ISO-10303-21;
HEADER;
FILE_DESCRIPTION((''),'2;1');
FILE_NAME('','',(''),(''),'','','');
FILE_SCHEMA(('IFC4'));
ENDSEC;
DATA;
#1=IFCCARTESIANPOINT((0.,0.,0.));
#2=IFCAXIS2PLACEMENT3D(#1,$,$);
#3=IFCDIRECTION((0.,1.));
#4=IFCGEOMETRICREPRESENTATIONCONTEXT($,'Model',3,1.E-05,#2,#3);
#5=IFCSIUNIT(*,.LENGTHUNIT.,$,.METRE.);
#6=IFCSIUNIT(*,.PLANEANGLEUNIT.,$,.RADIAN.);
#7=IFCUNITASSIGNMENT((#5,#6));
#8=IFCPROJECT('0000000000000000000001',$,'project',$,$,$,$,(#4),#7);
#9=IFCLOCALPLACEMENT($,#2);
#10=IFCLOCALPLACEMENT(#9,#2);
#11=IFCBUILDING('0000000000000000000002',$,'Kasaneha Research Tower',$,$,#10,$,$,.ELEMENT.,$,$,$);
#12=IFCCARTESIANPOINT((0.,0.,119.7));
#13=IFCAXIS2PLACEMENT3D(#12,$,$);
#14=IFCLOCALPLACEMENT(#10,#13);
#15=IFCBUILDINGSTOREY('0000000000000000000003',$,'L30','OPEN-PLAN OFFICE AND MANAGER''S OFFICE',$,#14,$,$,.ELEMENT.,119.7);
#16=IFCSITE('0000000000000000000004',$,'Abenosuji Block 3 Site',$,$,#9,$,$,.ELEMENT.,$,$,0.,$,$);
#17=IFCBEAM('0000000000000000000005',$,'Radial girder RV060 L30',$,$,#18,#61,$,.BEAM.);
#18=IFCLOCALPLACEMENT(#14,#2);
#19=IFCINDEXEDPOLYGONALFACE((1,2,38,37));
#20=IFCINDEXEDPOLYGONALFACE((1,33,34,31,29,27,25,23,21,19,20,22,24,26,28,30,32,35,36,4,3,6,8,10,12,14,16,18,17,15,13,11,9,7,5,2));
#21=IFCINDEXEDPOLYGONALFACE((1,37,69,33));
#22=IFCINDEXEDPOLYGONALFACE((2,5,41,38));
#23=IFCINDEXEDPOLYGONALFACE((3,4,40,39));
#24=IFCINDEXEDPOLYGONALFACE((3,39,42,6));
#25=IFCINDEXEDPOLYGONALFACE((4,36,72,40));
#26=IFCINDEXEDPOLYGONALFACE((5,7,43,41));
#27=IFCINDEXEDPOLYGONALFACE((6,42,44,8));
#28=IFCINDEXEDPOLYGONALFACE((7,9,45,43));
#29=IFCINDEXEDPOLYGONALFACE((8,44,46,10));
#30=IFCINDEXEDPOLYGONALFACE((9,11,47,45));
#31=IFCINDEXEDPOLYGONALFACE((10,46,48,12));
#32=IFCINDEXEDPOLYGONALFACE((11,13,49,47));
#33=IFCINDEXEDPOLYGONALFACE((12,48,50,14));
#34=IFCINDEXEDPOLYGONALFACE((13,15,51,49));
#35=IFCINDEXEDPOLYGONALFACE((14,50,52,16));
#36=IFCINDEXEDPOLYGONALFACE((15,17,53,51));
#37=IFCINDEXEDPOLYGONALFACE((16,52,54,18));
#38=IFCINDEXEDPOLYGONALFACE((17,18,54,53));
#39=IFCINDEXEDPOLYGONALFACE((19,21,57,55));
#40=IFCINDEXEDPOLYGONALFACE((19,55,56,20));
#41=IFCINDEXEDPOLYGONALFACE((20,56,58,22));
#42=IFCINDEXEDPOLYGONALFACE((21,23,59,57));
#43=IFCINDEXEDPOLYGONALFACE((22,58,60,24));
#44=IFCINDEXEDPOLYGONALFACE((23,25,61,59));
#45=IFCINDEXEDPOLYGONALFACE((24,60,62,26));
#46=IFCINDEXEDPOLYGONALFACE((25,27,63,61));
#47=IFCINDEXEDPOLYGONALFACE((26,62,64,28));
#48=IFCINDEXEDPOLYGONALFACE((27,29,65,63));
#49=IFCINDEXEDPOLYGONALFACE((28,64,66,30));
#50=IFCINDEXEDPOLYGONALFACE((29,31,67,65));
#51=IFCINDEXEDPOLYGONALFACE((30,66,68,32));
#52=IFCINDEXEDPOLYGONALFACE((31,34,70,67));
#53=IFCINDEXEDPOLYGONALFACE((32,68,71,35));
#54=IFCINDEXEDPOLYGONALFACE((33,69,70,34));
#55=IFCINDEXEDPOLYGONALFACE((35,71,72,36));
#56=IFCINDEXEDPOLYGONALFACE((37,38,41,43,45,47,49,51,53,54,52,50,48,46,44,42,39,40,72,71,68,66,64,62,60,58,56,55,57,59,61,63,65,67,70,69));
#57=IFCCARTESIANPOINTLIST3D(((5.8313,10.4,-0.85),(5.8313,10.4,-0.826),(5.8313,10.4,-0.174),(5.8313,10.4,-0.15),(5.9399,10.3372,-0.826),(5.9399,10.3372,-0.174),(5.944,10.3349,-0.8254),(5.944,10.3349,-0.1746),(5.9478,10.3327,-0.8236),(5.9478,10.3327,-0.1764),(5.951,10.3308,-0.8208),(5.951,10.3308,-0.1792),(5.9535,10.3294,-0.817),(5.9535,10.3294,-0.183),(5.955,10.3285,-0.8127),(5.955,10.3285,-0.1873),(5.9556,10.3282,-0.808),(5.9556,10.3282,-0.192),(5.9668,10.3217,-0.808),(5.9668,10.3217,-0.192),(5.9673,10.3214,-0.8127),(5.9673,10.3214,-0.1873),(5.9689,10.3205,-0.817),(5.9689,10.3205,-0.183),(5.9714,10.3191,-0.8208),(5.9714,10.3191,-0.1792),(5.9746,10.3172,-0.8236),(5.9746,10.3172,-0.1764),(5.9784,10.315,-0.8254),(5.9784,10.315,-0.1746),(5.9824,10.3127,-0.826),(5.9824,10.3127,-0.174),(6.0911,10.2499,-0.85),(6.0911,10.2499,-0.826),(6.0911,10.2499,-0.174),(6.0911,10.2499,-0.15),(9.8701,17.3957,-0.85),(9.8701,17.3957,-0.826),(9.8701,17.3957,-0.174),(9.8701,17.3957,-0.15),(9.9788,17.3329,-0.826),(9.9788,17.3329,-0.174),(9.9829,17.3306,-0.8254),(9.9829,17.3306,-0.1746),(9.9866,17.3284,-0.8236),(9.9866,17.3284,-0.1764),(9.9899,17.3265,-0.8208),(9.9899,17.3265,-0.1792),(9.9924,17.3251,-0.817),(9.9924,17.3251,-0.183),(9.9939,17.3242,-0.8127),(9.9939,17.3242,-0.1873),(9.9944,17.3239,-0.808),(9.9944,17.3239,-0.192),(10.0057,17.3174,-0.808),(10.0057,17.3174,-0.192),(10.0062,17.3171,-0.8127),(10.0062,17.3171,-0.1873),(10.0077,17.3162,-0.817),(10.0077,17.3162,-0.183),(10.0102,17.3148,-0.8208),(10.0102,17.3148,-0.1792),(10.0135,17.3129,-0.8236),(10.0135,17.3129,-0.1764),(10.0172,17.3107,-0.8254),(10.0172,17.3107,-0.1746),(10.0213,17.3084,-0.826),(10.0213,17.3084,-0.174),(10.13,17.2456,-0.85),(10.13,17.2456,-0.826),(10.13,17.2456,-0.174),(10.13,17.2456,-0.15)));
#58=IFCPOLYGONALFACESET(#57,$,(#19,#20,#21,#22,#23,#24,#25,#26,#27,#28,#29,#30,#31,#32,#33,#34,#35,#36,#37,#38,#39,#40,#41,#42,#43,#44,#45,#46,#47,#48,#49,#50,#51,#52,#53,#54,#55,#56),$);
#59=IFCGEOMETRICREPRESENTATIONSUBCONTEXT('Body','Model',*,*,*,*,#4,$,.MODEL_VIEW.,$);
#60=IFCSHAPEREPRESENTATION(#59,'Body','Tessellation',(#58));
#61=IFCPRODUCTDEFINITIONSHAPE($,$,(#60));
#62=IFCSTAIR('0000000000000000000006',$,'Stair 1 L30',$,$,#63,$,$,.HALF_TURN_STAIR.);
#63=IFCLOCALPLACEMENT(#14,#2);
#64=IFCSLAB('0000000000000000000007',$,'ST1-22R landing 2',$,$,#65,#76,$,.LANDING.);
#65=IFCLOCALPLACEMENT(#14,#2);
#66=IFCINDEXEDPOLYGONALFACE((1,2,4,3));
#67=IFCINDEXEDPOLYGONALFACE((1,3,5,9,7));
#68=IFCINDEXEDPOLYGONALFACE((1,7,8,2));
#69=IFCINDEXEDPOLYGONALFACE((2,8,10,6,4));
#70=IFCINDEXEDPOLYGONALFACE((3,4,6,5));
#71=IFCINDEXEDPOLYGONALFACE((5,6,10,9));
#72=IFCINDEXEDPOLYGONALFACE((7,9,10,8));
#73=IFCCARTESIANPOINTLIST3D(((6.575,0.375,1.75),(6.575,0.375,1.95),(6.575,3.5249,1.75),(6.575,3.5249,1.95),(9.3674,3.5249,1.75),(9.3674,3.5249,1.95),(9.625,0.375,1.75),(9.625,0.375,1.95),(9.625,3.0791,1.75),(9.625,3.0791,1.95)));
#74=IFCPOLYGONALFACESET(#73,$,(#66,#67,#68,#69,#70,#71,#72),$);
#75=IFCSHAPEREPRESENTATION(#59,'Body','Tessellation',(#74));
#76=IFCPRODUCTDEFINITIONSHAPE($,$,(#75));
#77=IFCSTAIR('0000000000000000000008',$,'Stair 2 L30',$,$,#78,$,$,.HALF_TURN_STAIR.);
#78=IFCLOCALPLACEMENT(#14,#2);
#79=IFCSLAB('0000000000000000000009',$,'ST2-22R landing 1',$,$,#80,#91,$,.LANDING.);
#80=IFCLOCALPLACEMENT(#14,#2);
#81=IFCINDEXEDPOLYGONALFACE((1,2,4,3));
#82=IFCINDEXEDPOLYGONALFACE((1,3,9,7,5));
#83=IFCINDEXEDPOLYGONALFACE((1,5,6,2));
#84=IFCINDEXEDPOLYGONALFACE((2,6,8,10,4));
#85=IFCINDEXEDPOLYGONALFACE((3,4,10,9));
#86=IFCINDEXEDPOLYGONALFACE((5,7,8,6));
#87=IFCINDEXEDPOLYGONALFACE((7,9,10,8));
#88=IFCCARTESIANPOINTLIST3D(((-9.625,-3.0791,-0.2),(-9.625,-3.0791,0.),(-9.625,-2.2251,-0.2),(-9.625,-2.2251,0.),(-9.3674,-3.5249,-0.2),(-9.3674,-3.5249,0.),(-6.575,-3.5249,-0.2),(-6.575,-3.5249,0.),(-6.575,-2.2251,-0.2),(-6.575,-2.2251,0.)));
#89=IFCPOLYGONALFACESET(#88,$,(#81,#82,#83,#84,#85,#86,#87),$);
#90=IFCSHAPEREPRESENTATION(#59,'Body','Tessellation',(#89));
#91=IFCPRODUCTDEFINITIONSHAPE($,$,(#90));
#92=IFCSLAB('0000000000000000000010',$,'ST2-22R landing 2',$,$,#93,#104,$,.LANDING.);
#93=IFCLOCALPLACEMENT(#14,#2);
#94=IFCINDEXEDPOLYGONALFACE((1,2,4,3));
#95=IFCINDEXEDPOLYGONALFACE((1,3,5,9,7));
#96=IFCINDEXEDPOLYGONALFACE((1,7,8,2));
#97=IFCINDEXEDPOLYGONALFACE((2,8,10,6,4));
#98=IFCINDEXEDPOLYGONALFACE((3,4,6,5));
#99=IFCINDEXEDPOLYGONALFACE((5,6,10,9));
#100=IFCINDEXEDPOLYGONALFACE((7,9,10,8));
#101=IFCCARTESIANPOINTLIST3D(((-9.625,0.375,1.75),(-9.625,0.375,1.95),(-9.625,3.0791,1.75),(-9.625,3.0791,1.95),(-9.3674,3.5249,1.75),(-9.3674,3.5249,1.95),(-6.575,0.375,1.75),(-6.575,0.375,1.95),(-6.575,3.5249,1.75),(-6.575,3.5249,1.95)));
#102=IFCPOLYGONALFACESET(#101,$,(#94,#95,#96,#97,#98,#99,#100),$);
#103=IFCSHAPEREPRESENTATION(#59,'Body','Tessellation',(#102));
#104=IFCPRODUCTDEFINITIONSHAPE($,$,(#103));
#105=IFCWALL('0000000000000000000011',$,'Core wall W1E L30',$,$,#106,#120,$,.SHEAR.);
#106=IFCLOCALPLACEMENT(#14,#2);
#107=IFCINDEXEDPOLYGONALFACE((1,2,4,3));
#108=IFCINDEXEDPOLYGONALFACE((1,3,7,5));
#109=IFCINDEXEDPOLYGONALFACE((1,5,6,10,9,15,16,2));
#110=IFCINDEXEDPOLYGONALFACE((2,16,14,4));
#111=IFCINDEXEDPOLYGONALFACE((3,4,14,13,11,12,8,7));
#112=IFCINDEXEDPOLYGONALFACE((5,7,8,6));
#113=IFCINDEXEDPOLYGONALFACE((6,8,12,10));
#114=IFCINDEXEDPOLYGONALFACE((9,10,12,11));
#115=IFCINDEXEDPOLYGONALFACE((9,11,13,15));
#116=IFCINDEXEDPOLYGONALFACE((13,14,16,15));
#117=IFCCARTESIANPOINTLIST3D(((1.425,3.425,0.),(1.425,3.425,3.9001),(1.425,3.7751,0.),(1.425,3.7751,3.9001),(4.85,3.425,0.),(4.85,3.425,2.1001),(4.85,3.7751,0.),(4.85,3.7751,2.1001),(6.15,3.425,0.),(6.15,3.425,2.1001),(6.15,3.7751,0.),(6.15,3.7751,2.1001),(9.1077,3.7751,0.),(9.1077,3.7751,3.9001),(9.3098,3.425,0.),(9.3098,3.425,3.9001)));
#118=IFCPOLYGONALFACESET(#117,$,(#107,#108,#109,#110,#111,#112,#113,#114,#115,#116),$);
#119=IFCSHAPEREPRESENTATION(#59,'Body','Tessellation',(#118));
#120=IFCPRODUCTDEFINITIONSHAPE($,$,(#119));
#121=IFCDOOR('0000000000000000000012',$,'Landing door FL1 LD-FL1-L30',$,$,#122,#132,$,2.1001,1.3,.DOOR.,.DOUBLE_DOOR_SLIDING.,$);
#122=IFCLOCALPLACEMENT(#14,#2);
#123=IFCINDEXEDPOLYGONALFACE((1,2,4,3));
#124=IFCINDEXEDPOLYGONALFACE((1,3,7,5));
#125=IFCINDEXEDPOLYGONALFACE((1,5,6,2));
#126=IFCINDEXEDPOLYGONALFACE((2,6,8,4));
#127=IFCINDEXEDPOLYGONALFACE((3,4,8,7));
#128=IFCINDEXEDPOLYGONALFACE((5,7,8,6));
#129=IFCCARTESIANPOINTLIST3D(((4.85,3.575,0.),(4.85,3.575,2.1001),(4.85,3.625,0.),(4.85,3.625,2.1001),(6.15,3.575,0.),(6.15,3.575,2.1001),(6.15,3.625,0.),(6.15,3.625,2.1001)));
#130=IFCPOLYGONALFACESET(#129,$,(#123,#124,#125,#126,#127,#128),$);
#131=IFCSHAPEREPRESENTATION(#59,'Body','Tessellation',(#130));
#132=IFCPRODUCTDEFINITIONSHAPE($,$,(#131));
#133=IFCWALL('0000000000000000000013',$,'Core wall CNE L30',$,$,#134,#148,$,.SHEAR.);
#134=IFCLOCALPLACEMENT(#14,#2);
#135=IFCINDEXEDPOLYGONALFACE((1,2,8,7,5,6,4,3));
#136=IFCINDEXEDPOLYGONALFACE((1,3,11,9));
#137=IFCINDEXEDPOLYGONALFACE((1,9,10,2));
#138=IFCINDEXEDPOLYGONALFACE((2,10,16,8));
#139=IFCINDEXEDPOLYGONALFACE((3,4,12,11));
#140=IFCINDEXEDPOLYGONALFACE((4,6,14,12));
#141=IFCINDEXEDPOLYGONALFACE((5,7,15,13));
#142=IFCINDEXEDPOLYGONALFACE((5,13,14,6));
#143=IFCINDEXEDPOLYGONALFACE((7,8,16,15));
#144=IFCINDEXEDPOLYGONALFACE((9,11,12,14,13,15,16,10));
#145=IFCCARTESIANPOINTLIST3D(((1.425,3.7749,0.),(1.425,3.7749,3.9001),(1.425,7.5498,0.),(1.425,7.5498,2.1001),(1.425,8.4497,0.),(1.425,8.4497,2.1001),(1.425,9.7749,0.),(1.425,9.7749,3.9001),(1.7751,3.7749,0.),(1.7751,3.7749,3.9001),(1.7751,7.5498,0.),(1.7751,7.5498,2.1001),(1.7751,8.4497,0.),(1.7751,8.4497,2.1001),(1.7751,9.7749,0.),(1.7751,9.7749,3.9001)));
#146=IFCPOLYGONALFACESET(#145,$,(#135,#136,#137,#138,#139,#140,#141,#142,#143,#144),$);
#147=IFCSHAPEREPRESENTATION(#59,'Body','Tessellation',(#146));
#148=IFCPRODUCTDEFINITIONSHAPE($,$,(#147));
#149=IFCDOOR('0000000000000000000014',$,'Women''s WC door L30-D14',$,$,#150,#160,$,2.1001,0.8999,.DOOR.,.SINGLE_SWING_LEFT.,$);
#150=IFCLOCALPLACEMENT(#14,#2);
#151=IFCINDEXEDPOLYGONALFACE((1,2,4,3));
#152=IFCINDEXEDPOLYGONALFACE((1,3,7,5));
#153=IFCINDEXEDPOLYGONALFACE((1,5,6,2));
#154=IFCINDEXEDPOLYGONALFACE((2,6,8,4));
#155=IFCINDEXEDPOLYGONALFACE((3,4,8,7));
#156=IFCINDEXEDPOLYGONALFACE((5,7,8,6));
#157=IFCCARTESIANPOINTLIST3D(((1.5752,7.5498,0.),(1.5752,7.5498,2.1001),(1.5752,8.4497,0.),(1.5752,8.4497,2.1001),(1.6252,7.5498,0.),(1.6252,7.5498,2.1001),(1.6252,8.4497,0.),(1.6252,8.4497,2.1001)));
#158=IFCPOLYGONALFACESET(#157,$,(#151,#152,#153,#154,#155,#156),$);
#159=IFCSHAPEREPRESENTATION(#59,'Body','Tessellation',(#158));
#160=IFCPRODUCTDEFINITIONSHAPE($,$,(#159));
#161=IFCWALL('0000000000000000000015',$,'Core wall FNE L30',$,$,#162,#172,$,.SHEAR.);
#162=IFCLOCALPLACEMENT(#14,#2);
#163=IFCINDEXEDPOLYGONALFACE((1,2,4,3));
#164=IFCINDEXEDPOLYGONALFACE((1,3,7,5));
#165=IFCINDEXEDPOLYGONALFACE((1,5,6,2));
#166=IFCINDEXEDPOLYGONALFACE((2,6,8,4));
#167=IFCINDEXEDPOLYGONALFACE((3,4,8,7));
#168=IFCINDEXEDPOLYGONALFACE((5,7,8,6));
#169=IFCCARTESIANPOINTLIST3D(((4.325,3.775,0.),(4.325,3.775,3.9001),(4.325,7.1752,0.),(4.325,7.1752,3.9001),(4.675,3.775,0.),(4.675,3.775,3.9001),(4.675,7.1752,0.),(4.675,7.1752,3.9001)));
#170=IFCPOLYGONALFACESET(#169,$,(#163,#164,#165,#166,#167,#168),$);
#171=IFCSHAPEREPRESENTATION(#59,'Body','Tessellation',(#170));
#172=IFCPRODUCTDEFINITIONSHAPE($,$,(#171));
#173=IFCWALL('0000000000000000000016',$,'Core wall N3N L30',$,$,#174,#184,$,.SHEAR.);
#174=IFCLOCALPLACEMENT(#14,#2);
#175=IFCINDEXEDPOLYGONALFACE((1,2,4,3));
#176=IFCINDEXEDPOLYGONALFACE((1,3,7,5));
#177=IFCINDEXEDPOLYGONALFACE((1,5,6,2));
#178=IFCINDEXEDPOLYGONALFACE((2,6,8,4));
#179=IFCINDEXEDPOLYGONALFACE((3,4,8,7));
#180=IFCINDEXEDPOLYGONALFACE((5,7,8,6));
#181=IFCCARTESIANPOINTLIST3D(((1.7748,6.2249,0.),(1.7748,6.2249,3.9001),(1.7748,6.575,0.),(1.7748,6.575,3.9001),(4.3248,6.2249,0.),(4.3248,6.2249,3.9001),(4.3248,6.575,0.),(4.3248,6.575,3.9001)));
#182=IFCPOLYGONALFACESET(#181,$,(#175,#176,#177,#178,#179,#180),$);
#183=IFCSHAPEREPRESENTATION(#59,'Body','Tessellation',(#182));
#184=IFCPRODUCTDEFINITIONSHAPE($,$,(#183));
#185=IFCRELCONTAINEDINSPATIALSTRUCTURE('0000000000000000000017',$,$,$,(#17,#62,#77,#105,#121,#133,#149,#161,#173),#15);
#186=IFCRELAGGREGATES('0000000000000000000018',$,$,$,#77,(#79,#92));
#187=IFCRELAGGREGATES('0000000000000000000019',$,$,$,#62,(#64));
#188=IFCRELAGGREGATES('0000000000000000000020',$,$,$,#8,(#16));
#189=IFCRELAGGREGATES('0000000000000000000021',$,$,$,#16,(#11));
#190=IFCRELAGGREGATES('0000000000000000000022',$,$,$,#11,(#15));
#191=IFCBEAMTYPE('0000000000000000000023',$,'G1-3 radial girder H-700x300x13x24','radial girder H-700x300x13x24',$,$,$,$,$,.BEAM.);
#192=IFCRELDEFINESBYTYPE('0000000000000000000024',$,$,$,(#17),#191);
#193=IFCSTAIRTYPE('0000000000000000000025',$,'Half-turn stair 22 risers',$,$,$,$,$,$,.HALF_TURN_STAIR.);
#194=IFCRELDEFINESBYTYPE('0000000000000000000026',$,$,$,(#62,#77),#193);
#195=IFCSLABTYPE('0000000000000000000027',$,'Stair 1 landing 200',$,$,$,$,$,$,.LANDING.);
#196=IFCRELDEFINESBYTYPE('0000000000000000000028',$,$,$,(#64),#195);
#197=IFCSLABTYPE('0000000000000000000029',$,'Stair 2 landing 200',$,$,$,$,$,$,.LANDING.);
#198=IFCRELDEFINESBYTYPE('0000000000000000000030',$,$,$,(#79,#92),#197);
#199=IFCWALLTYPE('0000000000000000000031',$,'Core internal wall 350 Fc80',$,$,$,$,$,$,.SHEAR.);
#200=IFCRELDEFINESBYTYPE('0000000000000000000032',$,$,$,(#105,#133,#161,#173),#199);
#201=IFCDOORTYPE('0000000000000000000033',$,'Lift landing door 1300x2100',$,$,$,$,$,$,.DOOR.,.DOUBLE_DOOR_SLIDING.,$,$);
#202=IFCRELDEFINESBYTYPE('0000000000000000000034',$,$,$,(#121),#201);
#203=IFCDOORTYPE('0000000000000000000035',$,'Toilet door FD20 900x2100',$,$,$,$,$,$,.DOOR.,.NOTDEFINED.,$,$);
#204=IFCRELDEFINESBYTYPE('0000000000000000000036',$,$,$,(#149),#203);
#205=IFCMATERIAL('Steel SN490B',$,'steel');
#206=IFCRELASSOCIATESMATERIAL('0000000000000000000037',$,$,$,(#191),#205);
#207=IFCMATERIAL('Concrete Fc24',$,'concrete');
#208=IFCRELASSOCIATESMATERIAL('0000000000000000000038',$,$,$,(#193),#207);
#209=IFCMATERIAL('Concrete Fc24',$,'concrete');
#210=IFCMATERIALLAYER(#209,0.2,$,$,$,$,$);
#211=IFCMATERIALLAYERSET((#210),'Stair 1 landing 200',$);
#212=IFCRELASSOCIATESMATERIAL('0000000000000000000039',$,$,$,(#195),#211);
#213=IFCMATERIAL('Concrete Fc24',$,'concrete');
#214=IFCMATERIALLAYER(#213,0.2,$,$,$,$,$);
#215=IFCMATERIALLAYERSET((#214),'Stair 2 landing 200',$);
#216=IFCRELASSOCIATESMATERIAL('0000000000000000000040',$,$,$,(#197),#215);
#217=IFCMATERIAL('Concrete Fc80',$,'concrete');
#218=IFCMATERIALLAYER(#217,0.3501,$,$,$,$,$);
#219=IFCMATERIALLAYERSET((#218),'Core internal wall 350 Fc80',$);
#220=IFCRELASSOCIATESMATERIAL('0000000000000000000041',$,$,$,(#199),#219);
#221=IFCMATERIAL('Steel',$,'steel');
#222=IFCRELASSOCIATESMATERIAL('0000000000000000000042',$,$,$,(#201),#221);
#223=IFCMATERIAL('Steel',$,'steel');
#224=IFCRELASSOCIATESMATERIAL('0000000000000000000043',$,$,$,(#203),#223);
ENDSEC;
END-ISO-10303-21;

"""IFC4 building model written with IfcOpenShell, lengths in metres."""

from ifc_helpers import new_model, si_unit, direction, frame, frame_2d, origin, origin_2d, place, context, subcontext, project, spatial, polyline, rectangle, i_section, outline, extrude, material, layer, layer_set, material_profile, profile_set, type_object, element, fill, aggregate, save


model = new_model("IFC4")

# Units and contexts
model_context = context("Model", 3, precision=1e-05, world=origin(), true_north=direction((0.0, 1.0)))
body_context = subcontext(model_context, "Body", "Model", "MODEL_VIEW")
ifc_project = project(units=[si_unit("LENGTHUNIT", "METRE"), si_unit("PLANEANGLEUNIT", "RADIAN")], contexts=[model_context])

# Site, building, storey
site_placement = place(None, origin())
site = spatial("IfcSite", under=ifc_project, at=site_placement, Name="Abenosuji Block 3 Site", CompositionType="ELEMENT", RefElevation=0.0)
building_placement = place(site_placement, origin())
building = spatial("IfcBuilding", under=site, at=building_placement, Name="Kasaneha Research Tower", CompositionType="ELEMENT")
storey_placement = place(building_placement, frame((0.0, 0.0, 119.7)))
storey = spatial("IfcBuildingStorey", under=building, at=storey_placement, Name="L30", Description="OPEN-PLAN OFFICE AND MANAGER'S OFFICE", CompositionType="ELEMENT", Elevation=119.7)

# Beam
ifc_material_1 = material(Name="Steel SN490B", Category="steel")
ifc_material_profile = material_profile(ifc_material_1, i_section(OverallWidth=0.3, OverallDepth=0.7, WebThickness=0.0129, FlangeThickness=0.0239, FilletRadius=0.0181, at=origin_2d()), Name="H-700x300x13x24")
ifc_profile_set = profile_set([ifc_material_profile], Name="Steel SN490B")
beam_type = type_object("IfcBeamType", Name="G1-3 radial girder H-700x300x13x24", Description="radial girder H-700x300x13x24", PredefinedType="BEAM", material=ifc_profile_set)
beam_placement = place(storey_placement, frame((5.9612, 10.325, -0.5), z_axis=(0.499991, 0.866031, 0.0), x_axis=(-0.866031, 0.499991, 0.0)))
element("IfcBeam", 1, at=beam_placement, inside=storey, type_object=beam_type, Name="Radial girder RV060 L30", PredefinedType="BEAM", context=body_context, shape_type="SweptSolid", body=[
    extrude(i_section(OverallWidth=0.3, OverallDepth=0.7, WebThickness=0.0129, FlangeThickness=0.0239, FilletRadius=0.0181, at=origin_2d()), origin(), (0.0, 0.0, 1.0), 8.0779),
])

# Stair, slab
ifc_material_2 = material(Name="Concrete Fc24", Category="concrete")
stair_type = type_object("IfcStairType", Name="Half-turn stair 22 risers", PredefinedType="HALF_TURN_STAIR", material=ifc_material_2)
stair_1_placement = place(storey_placement, origin())
stair_1 = element("IfcStair", 2, at=stair_1_placement, inside=storey, type_object=stair_type, Name="Stair 1 L30", PredefinedType="HALF_TURN_STAIR")
ifc_material_3 = material(Name="Concrete Fc24", Category="concrete")
ifc_layer_1 = layer(ifc_material_3, 0.2)
ifc_layer_set_1 = layer_set([ifc_layer_1], Name="Stair 1 landing 200")
slab_type_1 = type_object("IfcSlabType", Name="Stair 1 landing 200", PredefinedType="LANDING", material=ifc_layer_set_1)
slab_1_placement = place(storey_placement, frame((0.0, 0.0, 1.75)))
slab_1 = element("IfcSlab", 3, at=slab_1_placement, type_object=slab_type_1, Name="ST1-22R landing 2", PredefinedType="LANDING", context=body_context, shape_type="SweptSolid", body=[
    extrude(outline(polyline([(6.575, 3.5249), (9.3674, 3.5249), (9.625, 3.0791), (9.625, 0.375), (6.575, 0.375), (6.575, 3.5249)])), origin(), (0.0, 0.0, 1.0), 0.2),
])

# Stair, slabs
stair_2_placement = place(storey_placement, origin())
stair_2 = element("IfcStair", 4, at=stair_2_placement, inside=storey, type_object=stair_type, Name="Stair 2 L30", PredefinedType="HALF_TURN_STAIR")
ifc_material_4 = material(Name="Concrete Fc24", Category="concrete")
ifc_layer_2 = layer(ifc_material_4, 0.2)
ifc_layer_set_2 = layer_set([ifc_layer_2], Name="Stair 2 landing 200")
slab_type_2 = type_object("IfcSlabType", Name="Stair 2 landing 200", PredefinedType="LANDING", material=ifc_layer_set_2)
slab_2_placement = place(storey_placement, frame((0.0, 0.0, -0.2)))
slab_2 = element("IfcSlab", 5, at=slab_2_placement, type_object=slab_type_2, Name="ST2-22R landing 1", PredefinedType="LANDING", context=body_context, shape_type="SweptSolid", body=[
    extrude(outline(polyline([(-6.575, -3.5249), (-9.3674, -3.5249), (-9.625, -3.0791), (-9.625, -2.2251), (-6.575, -2.2251), (-6.575, -3.5249)])), origin(), (0.0, 0.0, 1.0), 0.2),
])
slab_3_placement = place(storey_placement, frame((0.0, 0.0, 1.75)))
slab_3 = element("IfcSlab", 6, at=slab_3_placement, type_object=slab_type_2, Name="ST2-22R landing 2", PredefinedType="LANDING", context=body_context, shape_type="SweptSolid", body=[
    extrude(outline(polyline([(-6.575, 0.375), (-9.625, 0.375), (-9.625, 3.0791), (-9.3674, 3.5249), (-6.575, 3.5249), (-6.575, 0.375)])), origin(), (0.0, 0.0, 1.0), 0.2),
])
aggregate(stair_2, [slab_2, slab_3])

# Walls, openings, doors
ifc_material_5 = material(Name="Concrete Fc80", Category="concrete")
ifc_layer_3 = layer(ifc_material_5, 0.3501)
ifc_layer_set_3 = layer_set([ifc_layer_3], Name="Core internal wall 350 Fc80")
wall_type_1 = type_object("IfcWallType", Name="Core internal wall 350 Fc80", PredefinedType="SHEAR", material=ifc_layer_set_3)
wall_1_placement = place(storey_placement, frame((1.425, 3.6001, 0.0), z_axis=(0.0, 0.0, 1.0), x_axis=(1.0, 0.0, 0.0)))
wall_1 = element("IfcWall", 7, at=wall_1_placement, inside=storey, type_object=wall_type_1, Name="Core wall W1E L30", PredefinedType="SHEAR", context=body_context, shape_type="SweptSolid", body=[
    extrude(outline(polyline([(0.0, -0.175), (3.425, -0.175), (4.7251, -0.175), (7.8848, -0.175), (7.6826, 0.175), (4.7251, 0.175), (3.425, 0.175), (0.0, 0.175), (0.0, -0.175)])), origin(), (0.0, 0.0, 1.0), 3.9001),
])
opening_1_placement = place(wall_1_placement, frame((3.425, 0.0, 0.0)))
opening_1 = element("IfcOpeningElement", 8, at=opening_1_placement, cuts=wall_1, PredefinedType="OPENING", context=body_context, shape_type="SweptSolid", body=[
    extrude(rectangle(XDim=1.3, YDim=2.1001, at=frame_2d((0.6499, 1.05))), frame((0.0, 0.1851, 0.0), z_axis=(0.0, -1.0, 0.0), x_axis=(1.0, 0.0, 0.0)), (0.0, 0.0, 1.0), 0.3701),
])
ifc_material_6 = material(Name="Steel", Category="steel")
door_type_1 = type_object("IfcDoorType", Name="Lift landing door 1300x2100", OperationType="DOUBLE_DOOR_SLIDING", PredefinedType="DOOR", material=ifc_material_6)
door_1_placement = place(opening_1_placement, origin())
door_1 = element("IfcDoor", 9, at=door_1_placement, inside=storey, type_object=door_type_1, Name="Landing door FL1 LD-FL1-L30", OperationType="DOUBLE_DOOR_SLIDING", OverallHeight=2.1001, OverallWidth=1.3, PredefinedType="DOOR", context=body_context, shape_type="SweptSolid", body=[
    extrude(rectangle(XDim=1.3, YDim=2.1001, at=frame_2d((0.6499, 1.05))), frame((0.0, 0.0249, 0.0), z_axis=(0.0, -1.0, 0.0), x_axis=(1.0, 0.0, 0.0)), (0.0, 0.0, 1.0), 0.05),
])
fill(opening_1, door_1)
wall_2_placement = place(storey_placement, frame((1.6001, 3.7749, 0.0), z_axis=(0.0, 0.0, 1.0), x_axis=(0.0, 1.0, 0.0)))
wall_2 = element("IfcWall", 10, at=wall_2_placement, inside=storey, type_object=wall_type_1, Name="Core wall CNE L30", PredefinedType="SHEAR", context=body_context, shape_type="SweptSolid", body=[
    extrude(rectangle(XDim=6.0, YDim=0.3501, at=frame_2d((3.0, 0.0))), origin(), (0.0, 0.0, 1.0), 3.9001),
])
opening_2_placement = place(wall_2_placement, frame((3.7749, 0.0, 0.0)))
opening_2 = element("IfcOpeningElement", 11, at=opening_2_placement, cuts=wall_2, PredefinedType="OPENING", context=body_context, shape_type="SweptSolid", body=[
    extrude(rectangle(XDim=0.8999, YDim=2.1001, at=frame_2d((0.45, 1.05))), frame((0.0, 0.1851, 0.0), z_axis=(0.0, -1.0, 0.0), x_axis=(1.0, 0.0, 0.0)), (0.0, 0.0, 1.0), 0.3701),
])
ifc_material_7 = material(Name="Steel", Category="steel")
door_type_2 = type_object("IfcDoorType", Name="Toilet door FD20 900x2100", OperationType="NOTDEFINED", PredefinedType="DOOR", material=ifc_material_7)
door_2_placement = place(opening_2_placement, origin())
door_2 = element("IfcDoor", 12, at=door_2_placement, inside=storey, type_object=door_type_2, Name="Women's WC door L30-D14", OperationType="SINGLE_SWING_LEFT", OverallHeight=2.1001, OverallWidth=0.8999, PredefinedType="DOOR", context=body_context, shape_type="SweptSolid", body=[
    extrude(rectangle(XDim=0.8999, YDim=2.1001, at=frame_2d((0.45, 1.05))), frame((0.0, 0.0249, 0.0), z_axis=(0.0, -1.0, 0.0), x_axis=(1.0, 0.0, 0.0)), (0.0, 0.0, 1.0), 0.05),
])
fill(opening_2, door_2)

# Walls
wall_3_placement = place(storey_placement, frame((4.5, 3.7749, 0.0), z_axis=(0.0, 0.0, 1.0), x_axis=(0.0, 1.0, 0.0)))
element("IfcWall", 13, at=wall_3_placement, inside=storey, type_object=wall_type_1, Name="Core wall FNE L30", PredefinedType="SHEAR", context=body_context, shape_type="SweptSolid", body=[
    extrude(rectangle(XDim=3.4001, YDim=0.3501, at=frame_2d((1.7002, 0.0))), origin(), (0.0, 0.0, 1.0), 3.9001),
])
wall_4_placement = place(storey_placement, frame((1.7749, 6.3999, 0.0), z_axis=(0.0, 0.0, 1.0), x_axis=(1.0, 0.0, 0.0)))
element("IfcWall", 14, at=wall_4_placement, inside=storey, type_object=wall_type_1, Name="Core wall N3N L30", PredefinedType="SHEAR", context=body_context, shape_type="SweptSolid", body=[
    extrude(rectangle(XDim=2.55, YDim=0.3501, at=frame_2d((1.2749, 0.0))), origin(), (0.0, 0.0, 1.0), 3.9001),
])

aggregate(stair_1, [slab_1])

save(model, "model.ifc")
